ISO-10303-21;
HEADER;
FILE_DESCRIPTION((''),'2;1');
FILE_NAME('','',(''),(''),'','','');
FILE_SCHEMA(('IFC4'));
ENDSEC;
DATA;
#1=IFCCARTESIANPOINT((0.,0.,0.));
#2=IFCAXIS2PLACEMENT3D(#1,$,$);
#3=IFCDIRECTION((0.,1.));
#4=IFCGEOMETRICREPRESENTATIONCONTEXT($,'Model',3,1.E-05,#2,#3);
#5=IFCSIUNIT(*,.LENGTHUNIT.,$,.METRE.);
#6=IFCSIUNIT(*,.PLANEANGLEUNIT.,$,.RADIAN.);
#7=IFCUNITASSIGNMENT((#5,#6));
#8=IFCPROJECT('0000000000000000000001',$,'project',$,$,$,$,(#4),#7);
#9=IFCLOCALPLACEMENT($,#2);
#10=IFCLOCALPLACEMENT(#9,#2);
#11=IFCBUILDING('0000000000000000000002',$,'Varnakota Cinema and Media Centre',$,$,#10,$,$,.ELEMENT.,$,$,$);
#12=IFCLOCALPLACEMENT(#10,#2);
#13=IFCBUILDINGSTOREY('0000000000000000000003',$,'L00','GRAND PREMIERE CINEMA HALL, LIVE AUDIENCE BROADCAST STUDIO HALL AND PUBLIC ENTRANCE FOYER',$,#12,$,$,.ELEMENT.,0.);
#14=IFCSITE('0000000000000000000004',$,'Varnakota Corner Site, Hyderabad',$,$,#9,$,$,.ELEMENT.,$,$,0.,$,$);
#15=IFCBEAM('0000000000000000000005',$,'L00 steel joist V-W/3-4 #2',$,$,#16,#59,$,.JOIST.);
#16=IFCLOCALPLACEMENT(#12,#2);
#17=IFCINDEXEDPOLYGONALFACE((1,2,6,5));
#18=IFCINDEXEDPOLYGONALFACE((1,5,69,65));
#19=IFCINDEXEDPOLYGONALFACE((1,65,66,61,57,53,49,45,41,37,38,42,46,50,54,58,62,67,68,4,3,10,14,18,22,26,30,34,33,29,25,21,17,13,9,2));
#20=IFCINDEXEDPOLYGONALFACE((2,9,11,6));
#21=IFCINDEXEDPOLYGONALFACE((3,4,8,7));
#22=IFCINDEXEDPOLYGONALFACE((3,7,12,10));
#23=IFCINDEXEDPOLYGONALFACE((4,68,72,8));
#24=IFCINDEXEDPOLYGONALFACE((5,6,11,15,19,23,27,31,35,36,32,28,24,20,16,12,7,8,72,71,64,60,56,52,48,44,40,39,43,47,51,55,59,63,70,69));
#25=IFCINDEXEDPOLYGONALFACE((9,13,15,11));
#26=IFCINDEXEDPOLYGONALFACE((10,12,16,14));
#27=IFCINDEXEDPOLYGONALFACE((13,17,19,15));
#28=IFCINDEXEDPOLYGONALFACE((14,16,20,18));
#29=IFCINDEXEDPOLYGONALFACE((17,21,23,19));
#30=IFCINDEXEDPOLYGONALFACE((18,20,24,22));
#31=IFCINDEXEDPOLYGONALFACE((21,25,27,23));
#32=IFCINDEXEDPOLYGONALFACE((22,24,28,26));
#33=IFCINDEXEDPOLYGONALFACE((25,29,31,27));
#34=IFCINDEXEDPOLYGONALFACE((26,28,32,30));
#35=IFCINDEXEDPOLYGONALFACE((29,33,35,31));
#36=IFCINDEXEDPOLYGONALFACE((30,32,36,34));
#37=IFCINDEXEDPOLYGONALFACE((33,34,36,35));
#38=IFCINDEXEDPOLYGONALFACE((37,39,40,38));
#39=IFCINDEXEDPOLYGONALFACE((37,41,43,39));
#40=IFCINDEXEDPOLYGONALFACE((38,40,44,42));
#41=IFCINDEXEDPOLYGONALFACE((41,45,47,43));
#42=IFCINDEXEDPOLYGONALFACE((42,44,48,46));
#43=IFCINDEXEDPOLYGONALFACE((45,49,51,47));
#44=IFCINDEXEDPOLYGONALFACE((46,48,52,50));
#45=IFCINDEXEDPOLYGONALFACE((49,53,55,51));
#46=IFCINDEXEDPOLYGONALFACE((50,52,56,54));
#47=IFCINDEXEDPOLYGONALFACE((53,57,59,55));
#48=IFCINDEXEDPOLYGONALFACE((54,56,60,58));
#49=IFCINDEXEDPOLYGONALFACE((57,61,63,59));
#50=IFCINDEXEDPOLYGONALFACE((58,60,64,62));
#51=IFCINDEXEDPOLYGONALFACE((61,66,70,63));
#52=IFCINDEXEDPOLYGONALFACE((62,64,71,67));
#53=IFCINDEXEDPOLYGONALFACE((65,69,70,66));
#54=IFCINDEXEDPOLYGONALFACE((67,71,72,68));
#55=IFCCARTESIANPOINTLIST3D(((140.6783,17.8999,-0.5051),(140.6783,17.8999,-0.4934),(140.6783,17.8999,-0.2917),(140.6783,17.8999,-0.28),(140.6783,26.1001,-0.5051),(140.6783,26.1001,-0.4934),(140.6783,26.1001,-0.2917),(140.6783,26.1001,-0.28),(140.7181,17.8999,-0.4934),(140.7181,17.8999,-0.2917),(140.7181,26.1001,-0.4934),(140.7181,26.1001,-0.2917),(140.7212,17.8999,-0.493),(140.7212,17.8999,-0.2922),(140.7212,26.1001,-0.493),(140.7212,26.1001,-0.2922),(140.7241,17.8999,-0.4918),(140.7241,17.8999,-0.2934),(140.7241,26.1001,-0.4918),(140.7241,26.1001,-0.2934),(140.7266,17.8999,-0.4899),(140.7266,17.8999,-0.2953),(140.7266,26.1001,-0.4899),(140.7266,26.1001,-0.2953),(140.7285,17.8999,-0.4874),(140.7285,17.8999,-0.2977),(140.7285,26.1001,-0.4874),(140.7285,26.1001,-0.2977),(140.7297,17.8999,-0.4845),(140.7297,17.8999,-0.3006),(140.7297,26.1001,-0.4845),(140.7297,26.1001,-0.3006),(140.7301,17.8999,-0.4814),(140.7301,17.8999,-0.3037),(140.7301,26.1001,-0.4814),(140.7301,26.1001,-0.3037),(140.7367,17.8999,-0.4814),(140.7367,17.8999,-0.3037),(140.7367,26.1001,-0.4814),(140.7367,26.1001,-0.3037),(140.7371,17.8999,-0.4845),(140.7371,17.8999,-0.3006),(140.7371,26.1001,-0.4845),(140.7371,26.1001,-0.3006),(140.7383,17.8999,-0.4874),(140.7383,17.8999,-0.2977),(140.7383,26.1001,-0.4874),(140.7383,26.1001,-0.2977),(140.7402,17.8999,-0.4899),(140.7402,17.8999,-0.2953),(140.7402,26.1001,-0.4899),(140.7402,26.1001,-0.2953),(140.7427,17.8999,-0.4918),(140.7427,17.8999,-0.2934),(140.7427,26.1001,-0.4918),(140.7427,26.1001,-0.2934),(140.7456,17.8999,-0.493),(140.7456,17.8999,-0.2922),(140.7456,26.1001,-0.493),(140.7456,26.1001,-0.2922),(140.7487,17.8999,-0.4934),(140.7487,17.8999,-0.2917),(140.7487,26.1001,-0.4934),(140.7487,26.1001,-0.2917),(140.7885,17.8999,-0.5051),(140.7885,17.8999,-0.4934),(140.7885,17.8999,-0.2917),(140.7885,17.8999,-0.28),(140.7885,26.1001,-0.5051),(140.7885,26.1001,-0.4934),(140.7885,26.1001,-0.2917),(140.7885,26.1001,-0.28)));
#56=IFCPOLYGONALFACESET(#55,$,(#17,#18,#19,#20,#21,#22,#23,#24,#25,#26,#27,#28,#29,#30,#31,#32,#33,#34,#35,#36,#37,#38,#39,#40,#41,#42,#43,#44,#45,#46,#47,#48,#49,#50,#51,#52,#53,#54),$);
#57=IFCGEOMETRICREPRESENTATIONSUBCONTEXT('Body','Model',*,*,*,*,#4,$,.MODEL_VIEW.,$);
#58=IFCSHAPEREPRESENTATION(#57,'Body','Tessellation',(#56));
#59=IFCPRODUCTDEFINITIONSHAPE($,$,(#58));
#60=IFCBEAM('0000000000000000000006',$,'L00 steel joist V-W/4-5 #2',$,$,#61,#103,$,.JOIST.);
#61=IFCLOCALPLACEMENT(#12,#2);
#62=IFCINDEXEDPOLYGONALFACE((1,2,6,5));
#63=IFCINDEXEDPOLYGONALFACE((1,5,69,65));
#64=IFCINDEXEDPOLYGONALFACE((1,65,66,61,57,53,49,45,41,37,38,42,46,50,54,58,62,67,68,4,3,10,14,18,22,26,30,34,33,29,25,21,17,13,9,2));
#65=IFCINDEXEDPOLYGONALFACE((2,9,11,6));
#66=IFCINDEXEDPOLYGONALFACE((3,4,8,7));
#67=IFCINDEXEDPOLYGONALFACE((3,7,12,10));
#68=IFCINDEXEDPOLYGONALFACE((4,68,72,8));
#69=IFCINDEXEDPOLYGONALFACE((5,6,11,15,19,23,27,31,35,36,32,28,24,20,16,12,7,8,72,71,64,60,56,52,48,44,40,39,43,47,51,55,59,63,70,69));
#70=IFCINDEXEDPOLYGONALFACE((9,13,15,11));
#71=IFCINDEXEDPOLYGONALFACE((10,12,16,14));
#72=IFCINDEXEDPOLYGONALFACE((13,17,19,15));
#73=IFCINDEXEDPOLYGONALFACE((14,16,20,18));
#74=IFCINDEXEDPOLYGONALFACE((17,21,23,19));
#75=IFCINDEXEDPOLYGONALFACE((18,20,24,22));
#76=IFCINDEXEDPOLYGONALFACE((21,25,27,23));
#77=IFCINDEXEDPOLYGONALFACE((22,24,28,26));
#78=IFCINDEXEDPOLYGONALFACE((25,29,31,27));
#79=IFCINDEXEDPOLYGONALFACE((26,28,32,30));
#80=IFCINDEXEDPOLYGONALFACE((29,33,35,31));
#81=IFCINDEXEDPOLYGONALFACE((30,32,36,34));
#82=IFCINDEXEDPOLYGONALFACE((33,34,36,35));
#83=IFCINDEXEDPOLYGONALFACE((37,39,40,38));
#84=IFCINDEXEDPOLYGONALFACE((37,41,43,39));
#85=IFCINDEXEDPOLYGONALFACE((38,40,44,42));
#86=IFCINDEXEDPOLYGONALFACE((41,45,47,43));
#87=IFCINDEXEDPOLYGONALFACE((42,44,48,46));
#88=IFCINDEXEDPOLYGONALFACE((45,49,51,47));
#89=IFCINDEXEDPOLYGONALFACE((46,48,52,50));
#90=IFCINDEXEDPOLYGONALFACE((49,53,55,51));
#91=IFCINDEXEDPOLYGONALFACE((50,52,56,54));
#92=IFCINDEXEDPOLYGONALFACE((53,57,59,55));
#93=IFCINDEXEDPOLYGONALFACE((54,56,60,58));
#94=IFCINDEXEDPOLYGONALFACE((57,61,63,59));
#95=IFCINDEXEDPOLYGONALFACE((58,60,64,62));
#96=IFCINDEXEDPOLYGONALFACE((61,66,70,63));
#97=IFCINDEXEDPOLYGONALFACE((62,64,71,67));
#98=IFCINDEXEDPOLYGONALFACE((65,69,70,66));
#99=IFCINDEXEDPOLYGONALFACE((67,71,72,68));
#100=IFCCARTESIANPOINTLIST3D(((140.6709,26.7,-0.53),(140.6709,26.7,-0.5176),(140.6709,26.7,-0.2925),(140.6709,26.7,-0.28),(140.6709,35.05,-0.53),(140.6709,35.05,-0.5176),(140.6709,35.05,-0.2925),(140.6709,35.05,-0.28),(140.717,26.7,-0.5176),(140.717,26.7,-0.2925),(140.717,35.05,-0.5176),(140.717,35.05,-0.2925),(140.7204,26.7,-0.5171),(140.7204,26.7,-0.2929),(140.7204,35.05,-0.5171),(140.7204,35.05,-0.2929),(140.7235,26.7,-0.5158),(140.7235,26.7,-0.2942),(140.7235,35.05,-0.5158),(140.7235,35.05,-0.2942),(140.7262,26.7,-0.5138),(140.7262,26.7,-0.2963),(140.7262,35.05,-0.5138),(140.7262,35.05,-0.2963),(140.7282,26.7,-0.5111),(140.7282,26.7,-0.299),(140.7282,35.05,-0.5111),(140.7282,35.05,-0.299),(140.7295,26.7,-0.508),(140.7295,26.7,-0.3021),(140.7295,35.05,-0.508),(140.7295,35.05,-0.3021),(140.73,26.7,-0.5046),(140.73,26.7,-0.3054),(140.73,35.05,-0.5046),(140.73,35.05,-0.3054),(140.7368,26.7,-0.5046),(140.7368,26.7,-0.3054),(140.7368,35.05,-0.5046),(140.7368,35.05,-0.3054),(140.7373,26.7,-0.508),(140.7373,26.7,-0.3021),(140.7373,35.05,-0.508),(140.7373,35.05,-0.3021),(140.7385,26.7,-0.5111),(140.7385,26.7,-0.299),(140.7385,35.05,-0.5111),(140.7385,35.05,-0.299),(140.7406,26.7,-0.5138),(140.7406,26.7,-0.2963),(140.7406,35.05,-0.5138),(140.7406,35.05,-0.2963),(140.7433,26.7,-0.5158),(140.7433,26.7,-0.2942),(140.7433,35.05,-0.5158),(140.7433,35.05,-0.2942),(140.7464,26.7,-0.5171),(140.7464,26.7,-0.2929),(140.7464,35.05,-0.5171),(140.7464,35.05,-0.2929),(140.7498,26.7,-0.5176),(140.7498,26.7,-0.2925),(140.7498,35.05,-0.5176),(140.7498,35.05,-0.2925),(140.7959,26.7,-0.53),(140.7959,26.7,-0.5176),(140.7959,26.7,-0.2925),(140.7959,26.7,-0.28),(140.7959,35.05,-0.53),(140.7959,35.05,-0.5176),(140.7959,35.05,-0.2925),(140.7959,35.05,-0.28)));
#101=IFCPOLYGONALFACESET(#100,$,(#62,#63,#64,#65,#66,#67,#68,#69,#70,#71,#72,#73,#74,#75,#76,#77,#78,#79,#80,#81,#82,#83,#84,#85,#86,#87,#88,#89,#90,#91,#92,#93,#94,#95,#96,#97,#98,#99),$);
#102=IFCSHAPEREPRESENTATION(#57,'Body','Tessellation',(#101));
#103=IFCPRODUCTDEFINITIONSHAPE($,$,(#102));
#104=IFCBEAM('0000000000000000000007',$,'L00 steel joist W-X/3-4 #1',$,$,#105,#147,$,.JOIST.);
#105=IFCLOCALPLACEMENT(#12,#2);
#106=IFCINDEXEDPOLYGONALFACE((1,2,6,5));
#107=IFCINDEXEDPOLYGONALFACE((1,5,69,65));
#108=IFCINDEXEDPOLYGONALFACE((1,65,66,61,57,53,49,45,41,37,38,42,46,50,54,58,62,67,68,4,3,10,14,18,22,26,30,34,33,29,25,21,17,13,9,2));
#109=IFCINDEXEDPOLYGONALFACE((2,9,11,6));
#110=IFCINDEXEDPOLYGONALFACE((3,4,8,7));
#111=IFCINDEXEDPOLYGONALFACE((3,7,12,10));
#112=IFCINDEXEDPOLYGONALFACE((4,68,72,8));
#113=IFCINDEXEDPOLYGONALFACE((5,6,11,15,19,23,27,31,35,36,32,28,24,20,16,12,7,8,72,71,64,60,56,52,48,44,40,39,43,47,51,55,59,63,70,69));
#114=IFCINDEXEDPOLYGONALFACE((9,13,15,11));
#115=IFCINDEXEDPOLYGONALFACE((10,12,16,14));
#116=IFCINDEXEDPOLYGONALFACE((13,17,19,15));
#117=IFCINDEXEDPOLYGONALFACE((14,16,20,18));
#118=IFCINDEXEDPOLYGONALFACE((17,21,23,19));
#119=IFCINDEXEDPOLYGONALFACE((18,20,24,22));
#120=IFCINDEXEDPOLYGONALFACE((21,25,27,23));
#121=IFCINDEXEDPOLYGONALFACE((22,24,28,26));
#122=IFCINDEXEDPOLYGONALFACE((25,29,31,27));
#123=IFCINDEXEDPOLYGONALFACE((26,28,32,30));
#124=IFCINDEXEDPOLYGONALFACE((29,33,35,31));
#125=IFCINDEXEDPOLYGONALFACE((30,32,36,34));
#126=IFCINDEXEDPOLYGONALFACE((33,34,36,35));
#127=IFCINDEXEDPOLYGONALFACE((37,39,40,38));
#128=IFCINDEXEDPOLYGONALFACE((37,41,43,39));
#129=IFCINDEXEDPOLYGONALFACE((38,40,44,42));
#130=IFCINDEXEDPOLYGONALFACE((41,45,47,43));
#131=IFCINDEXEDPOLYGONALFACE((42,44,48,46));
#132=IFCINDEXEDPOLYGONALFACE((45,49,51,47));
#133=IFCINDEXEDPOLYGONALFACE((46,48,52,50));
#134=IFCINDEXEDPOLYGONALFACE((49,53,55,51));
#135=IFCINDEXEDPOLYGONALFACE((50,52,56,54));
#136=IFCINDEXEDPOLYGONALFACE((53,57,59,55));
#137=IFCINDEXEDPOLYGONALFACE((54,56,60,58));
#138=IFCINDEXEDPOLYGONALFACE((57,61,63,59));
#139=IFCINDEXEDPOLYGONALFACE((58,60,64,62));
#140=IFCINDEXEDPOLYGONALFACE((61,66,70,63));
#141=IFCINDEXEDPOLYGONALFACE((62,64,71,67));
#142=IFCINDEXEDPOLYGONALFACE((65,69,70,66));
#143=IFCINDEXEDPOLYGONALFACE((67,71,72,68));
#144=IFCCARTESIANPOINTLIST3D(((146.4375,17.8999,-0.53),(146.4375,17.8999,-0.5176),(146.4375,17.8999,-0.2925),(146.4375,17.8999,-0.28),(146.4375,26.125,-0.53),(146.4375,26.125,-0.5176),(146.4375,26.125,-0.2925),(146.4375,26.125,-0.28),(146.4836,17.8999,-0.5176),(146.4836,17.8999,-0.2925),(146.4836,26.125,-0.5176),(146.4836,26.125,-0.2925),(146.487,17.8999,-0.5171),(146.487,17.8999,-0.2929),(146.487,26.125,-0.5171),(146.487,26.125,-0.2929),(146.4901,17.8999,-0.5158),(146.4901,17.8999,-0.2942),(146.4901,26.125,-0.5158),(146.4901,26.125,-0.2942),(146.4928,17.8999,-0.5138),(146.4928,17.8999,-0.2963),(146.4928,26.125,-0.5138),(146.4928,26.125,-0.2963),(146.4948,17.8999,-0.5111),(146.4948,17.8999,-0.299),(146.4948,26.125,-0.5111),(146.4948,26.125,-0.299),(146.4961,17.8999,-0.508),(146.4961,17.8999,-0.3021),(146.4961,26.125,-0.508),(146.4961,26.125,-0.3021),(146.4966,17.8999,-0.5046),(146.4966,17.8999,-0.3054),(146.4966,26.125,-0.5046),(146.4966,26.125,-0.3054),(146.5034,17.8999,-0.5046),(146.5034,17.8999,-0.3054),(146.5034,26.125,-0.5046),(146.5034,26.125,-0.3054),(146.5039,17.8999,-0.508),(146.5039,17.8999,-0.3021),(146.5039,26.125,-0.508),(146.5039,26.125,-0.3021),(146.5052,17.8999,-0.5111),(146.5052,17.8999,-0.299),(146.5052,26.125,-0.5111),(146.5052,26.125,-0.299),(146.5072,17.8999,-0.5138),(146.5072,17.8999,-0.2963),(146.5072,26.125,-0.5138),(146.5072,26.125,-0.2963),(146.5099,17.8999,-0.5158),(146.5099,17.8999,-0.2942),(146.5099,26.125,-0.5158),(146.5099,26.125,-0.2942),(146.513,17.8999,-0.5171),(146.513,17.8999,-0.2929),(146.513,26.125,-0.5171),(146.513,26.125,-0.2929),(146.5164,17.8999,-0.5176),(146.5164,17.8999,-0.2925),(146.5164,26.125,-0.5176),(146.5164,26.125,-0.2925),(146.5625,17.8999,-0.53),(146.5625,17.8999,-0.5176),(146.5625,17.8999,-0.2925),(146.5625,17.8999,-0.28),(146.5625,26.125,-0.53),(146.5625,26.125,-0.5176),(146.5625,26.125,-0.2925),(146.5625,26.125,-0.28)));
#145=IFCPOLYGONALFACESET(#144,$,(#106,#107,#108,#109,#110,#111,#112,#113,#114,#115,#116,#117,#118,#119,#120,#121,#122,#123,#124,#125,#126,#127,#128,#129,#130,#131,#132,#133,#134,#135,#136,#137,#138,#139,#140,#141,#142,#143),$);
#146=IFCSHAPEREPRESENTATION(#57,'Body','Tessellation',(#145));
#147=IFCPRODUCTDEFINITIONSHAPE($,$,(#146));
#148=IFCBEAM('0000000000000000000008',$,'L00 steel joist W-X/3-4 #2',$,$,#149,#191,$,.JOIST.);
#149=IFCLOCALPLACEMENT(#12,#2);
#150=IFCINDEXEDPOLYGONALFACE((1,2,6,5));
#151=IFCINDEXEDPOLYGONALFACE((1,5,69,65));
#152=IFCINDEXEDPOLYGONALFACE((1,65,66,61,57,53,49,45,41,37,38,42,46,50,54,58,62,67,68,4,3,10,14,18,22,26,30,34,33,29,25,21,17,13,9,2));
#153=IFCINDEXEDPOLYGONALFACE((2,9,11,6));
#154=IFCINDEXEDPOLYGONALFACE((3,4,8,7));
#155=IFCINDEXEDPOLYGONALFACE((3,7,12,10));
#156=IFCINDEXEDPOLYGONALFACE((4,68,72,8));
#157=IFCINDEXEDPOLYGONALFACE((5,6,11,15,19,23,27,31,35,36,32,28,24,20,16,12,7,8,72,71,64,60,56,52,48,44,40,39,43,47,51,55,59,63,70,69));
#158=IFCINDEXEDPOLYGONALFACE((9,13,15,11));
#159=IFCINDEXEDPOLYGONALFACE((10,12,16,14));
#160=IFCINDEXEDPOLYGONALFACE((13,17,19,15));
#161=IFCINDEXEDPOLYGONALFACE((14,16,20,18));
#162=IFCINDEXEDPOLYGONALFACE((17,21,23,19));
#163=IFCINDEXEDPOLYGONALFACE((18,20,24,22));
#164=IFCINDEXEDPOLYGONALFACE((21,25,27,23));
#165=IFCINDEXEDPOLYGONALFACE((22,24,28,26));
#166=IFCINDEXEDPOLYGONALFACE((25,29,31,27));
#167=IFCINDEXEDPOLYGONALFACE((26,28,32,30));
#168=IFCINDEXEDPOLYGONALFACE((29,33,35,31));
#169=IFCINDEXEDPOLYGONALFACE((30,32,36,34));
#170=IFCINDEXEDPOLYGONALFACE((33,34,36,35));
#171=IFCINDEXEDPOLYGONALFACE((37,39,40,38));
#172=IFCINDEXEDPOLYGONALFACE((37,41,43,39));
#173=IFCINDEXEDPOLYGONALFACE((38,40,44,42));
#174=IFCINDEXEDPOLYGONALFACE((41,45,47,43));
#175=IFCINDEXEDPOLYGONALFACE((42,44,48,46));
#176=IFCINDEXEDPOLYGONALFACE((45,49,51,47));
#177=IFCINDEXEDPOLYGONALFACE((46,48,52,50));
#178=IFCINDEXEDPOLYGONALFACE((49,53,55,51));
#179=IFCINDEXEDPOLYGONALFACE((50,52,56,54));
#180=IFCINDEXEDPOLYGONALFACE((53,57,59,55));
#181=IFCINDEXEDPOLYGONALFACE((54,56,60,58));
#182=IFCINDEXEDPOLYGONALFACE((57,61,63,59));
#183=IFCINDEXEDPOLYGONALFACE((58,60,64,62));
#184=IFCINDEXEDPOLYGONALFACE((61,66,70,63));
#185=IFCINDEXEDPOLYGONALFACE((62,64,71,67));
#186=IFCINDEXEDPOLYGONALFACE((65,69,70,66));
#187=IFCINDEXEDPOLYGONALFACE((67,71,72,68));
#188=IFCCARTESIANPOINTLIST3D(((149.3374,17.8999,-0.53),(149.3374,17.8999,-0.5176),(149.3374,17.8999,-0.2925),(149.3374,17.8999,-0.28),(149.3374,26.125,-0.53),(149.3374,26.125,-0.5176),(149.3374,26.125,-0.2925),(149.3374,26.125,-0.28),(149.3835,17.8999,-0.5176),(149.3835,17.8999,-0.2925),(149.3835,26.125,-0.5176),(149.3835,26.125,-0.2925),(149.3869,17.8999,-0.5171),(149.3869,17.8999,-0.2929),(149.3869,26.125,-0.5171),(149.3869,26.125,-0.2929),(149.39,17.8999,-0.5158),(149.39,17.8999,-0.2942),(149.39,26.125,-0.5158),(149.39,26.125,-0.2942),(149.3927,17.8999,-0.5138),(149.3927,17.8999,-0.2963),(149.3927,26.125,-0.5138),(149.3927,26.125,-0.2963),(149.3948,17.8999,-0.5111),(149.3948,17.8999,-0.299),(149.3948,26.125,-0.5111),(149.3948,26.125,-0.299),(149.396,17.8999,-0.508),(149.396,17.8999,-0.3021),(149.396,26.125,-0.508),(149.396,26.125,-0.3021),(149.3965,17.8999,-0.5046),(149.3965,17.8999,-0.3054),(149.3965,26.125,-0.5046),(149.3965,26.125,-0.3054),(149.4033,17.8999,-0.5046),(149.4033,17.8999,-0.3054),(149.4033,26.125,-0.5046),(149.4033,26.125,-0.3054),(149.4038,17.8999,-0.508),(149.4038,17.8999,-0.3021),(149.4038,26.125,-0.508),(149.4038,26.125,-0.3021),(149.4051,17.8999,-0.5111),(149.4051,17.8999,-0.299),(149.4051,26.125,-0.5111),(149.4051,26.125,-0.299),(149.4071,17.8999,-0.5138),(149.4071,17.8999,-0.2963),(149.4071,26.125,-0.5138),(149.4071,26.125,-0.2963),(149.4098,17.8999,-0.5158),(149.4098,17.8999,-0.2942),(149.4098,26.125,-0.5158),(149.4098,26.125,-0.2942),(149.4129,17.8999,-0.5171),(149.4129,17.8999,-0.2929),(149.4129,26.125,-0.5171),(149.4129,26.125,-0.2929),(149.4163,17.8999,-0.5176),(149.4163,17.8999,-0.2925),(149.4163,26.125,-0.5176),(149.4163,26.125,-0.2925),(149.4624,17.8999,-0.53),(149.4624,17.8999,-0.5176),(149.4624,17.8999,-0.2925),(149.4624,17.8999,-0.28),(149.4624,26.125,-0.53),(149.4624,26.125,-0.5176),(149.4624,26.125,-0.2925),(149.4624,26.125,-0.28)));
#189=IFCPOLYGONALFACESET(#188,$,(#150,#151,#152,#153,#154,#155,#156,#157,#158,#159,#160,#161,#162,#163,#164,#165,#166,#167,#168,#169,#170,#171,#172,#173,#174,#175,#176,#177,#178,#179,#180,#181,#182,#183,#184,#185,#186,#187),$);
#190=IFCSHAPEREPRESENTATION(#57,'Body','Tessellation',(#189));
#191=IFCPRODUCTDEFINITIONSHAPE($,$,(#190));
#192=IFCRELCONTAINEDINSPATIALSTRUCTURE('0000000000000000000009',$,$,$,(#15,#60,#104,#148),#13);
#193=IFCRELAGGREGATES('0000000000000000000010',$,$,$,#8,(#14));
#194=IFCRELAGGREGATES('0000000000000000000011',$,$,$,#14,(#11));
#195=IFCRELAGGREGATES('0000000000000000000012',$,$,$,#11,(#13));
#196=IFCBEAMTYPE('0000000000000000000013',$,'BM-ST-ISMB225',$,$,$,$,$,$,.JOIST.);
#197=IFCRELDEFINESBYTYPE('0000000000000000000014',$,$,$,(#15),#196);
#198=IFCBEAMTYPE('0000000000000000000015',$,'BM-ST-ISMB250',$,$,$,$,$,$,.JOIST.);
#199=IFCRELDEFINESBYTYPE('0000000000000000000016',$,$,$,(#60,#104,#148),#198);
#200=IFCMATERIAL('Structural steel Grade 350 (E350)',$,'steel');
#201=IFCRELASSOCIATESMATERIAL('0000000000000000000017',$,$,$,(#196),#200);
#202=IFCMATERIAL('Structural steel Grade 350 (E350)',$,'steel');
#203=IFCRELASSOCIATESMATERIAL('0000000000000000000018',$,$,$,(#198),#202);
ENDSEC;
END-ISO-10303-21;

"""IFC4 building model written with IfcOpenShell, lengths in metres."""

from ifc_helpers import new_model, si_unit, direction, frame, origin, origin_2d, place, context, subcontext, project, spatial, i_section, extrude, material, material_profile, profile_set, type_object, element, save


model = new_model("IFC4")

# Units and contexts
model_context = context("Model", 3, precision=1e-05, world=origin(), true_north=direction((0.0, 1.0)))
body_context = subcontext(model_context, "Body", "Model", "MODEL_VIEW")
ifc_project = project(units=[si_unit("LENGTHUNIT", "METRE"), si_unit("PLANEANGLEUNIT", "RADIAN")], contexts=[model_context])

# Site, building, storey
site_placement = place(None, origin())
site = spatial("IfcSite", under=ifc_project, at=site_placement, Name="Varnakota Corner Site, Hyderabad", CompositionType="ELEMENT", RefElevation=0.0)
building_placement = place(site_placement, origin())
building = spatial("IfcBuilding", under=site, at=building_placement, Name="Varnakota Cinema and Media Centre", CompositionType="ELEMENT")
storey_placement = place(building_placement, origin())
storey = spatial("IfcBuildingStorey", under=building, at=storey_placement, Name="L00", Description="GRAND PREMIERE CINEMA HALL, LIVE AUDIENCE BROADCAST STUDIO HALL AND PUBLIC ENTRANCE FOYER", CompositionType="ELEMENT", Elevation=0.0)

# Beams
ifc_material_1 = material(Name="Structural steel Grade 350 (E350)", Category="steel")
ifc_material_profile_1 = material_profile(ifc_material_1, i_section(OverallWidth=0.1101, OverallDepth=0.2251, WebThickness=0.0066, FlangeThickness=0.0117, FilletRadius=0.012, at=origin_2d()), Name="ISMB 225")
ifc_profile_set_1 = profile_set([ifc_material_profile_1], Name="Structural steel Grade 350 (E350)")
beam_type_1 = type_object("IfcBeamType", Name="BM-ST-ISMB225", PredefinedType="JOIST", material=ifc_profile_set_1)
beam_1_placement = place(storey_placement, frame((140.7334, 17.8999, -0.3926), z_axis=(0.0, 1.0, 0.0), x_axis=(-1.0, 0.0, 0.0)))
element("IfcBeam", 1, at=beam_1_placement, inside=storey, type_object=beam_type_1, Name="L00 steel joist V-W/3-4 #2", PredefinedType="JOIST", context=body_context, shape_type="SweptSolid", body=[
    extrude(i_section(OverallWidth=0.1101, OverallDepth=0.2251, WebThickness=0.0066, FlangeThickness=0.0117, FilletRadius=0.012, at=origin_2d()), origin(), (0.0, 0.0, 1.0), 8.2002),
])
ifc_material_2 = material(Name="Structural steel Grade 350 (E350)", Category="steel")
ifc_material_profile_2 = material_profile(ifc_material_2, i_section(OverallWidth=0.125, OverallDepth=0.25, WebThickness=0.0068, FlangeThickness=0.0125, FilletRadius=0.0129, at=origin_2d()), Name="ISMB 250")
ifc_profile_set_2 = profile_set([ifc_material_profile_2], Name="Structural steel Grade 350 (E350)")
beam_type_2 = type_object("IfcBeamType", Name="BM-ST-ISMB250", PredefinedType="JOIST", material=ifc_profile_set_2)
beam_2_placement = place(storey_placement, frame((140.7334, 26.7, -0.405), z_axis=(0.0, 1.0, 0.0), x_axis=(-1.0, 0.0, 0.0)))
element("IfcBeam", 2, at=beam_2_placement, inside=storey, type_object=beam_type_2, Name="L00 steel joist V-W/4-5 #2", PredefinedType="JOIST", context=body_context, shape_type="SweptSolid", body=[
    extrude(i_section(OverallWidth=0.125, OverallDepth=0.25, WebThickness=0.0068, FlangeThickness=0.0125, FilletRadius=0.0129, at=origin_2d()), origin(), (0.0, 0.0, 1.0), 8.3501),
])
for number, where, z_axis, x_axis, name in (
    (3, (146.5, 17.8999, -0.405), (0.0, 1.0, 0.0), (-1.0, 0.0, 0.0), "L00 steel joist W-X/3-4 #1"),
    (4, (149.3999, 17.8999, -0.405), (0.0, 1.0, 0.0), (-1.0, 0.0, 0.0), "L00 steel joist W-X/3-4 #2"),
):
    element("IfcBeam", number, at=place(storey_placement, frame(where, z_axis=z_axis, x_axis=x_axis)), inside=storey, type_object=beam_type_2, Name=name, PredefinedType="JOIST", context=body_context, shape_type="SweptSolid", body=[
        extrude(i_section(OverallWidth=0.125, OverallDepth=0.25, WebThickness=0.0068, FlangeThickness=0.0125, FilletRadius=0.0129, at=origin_2d()), origin(), (0.0, 0.0, 1.0), 8.2251),
    ])

save(model, "model.ifc")
